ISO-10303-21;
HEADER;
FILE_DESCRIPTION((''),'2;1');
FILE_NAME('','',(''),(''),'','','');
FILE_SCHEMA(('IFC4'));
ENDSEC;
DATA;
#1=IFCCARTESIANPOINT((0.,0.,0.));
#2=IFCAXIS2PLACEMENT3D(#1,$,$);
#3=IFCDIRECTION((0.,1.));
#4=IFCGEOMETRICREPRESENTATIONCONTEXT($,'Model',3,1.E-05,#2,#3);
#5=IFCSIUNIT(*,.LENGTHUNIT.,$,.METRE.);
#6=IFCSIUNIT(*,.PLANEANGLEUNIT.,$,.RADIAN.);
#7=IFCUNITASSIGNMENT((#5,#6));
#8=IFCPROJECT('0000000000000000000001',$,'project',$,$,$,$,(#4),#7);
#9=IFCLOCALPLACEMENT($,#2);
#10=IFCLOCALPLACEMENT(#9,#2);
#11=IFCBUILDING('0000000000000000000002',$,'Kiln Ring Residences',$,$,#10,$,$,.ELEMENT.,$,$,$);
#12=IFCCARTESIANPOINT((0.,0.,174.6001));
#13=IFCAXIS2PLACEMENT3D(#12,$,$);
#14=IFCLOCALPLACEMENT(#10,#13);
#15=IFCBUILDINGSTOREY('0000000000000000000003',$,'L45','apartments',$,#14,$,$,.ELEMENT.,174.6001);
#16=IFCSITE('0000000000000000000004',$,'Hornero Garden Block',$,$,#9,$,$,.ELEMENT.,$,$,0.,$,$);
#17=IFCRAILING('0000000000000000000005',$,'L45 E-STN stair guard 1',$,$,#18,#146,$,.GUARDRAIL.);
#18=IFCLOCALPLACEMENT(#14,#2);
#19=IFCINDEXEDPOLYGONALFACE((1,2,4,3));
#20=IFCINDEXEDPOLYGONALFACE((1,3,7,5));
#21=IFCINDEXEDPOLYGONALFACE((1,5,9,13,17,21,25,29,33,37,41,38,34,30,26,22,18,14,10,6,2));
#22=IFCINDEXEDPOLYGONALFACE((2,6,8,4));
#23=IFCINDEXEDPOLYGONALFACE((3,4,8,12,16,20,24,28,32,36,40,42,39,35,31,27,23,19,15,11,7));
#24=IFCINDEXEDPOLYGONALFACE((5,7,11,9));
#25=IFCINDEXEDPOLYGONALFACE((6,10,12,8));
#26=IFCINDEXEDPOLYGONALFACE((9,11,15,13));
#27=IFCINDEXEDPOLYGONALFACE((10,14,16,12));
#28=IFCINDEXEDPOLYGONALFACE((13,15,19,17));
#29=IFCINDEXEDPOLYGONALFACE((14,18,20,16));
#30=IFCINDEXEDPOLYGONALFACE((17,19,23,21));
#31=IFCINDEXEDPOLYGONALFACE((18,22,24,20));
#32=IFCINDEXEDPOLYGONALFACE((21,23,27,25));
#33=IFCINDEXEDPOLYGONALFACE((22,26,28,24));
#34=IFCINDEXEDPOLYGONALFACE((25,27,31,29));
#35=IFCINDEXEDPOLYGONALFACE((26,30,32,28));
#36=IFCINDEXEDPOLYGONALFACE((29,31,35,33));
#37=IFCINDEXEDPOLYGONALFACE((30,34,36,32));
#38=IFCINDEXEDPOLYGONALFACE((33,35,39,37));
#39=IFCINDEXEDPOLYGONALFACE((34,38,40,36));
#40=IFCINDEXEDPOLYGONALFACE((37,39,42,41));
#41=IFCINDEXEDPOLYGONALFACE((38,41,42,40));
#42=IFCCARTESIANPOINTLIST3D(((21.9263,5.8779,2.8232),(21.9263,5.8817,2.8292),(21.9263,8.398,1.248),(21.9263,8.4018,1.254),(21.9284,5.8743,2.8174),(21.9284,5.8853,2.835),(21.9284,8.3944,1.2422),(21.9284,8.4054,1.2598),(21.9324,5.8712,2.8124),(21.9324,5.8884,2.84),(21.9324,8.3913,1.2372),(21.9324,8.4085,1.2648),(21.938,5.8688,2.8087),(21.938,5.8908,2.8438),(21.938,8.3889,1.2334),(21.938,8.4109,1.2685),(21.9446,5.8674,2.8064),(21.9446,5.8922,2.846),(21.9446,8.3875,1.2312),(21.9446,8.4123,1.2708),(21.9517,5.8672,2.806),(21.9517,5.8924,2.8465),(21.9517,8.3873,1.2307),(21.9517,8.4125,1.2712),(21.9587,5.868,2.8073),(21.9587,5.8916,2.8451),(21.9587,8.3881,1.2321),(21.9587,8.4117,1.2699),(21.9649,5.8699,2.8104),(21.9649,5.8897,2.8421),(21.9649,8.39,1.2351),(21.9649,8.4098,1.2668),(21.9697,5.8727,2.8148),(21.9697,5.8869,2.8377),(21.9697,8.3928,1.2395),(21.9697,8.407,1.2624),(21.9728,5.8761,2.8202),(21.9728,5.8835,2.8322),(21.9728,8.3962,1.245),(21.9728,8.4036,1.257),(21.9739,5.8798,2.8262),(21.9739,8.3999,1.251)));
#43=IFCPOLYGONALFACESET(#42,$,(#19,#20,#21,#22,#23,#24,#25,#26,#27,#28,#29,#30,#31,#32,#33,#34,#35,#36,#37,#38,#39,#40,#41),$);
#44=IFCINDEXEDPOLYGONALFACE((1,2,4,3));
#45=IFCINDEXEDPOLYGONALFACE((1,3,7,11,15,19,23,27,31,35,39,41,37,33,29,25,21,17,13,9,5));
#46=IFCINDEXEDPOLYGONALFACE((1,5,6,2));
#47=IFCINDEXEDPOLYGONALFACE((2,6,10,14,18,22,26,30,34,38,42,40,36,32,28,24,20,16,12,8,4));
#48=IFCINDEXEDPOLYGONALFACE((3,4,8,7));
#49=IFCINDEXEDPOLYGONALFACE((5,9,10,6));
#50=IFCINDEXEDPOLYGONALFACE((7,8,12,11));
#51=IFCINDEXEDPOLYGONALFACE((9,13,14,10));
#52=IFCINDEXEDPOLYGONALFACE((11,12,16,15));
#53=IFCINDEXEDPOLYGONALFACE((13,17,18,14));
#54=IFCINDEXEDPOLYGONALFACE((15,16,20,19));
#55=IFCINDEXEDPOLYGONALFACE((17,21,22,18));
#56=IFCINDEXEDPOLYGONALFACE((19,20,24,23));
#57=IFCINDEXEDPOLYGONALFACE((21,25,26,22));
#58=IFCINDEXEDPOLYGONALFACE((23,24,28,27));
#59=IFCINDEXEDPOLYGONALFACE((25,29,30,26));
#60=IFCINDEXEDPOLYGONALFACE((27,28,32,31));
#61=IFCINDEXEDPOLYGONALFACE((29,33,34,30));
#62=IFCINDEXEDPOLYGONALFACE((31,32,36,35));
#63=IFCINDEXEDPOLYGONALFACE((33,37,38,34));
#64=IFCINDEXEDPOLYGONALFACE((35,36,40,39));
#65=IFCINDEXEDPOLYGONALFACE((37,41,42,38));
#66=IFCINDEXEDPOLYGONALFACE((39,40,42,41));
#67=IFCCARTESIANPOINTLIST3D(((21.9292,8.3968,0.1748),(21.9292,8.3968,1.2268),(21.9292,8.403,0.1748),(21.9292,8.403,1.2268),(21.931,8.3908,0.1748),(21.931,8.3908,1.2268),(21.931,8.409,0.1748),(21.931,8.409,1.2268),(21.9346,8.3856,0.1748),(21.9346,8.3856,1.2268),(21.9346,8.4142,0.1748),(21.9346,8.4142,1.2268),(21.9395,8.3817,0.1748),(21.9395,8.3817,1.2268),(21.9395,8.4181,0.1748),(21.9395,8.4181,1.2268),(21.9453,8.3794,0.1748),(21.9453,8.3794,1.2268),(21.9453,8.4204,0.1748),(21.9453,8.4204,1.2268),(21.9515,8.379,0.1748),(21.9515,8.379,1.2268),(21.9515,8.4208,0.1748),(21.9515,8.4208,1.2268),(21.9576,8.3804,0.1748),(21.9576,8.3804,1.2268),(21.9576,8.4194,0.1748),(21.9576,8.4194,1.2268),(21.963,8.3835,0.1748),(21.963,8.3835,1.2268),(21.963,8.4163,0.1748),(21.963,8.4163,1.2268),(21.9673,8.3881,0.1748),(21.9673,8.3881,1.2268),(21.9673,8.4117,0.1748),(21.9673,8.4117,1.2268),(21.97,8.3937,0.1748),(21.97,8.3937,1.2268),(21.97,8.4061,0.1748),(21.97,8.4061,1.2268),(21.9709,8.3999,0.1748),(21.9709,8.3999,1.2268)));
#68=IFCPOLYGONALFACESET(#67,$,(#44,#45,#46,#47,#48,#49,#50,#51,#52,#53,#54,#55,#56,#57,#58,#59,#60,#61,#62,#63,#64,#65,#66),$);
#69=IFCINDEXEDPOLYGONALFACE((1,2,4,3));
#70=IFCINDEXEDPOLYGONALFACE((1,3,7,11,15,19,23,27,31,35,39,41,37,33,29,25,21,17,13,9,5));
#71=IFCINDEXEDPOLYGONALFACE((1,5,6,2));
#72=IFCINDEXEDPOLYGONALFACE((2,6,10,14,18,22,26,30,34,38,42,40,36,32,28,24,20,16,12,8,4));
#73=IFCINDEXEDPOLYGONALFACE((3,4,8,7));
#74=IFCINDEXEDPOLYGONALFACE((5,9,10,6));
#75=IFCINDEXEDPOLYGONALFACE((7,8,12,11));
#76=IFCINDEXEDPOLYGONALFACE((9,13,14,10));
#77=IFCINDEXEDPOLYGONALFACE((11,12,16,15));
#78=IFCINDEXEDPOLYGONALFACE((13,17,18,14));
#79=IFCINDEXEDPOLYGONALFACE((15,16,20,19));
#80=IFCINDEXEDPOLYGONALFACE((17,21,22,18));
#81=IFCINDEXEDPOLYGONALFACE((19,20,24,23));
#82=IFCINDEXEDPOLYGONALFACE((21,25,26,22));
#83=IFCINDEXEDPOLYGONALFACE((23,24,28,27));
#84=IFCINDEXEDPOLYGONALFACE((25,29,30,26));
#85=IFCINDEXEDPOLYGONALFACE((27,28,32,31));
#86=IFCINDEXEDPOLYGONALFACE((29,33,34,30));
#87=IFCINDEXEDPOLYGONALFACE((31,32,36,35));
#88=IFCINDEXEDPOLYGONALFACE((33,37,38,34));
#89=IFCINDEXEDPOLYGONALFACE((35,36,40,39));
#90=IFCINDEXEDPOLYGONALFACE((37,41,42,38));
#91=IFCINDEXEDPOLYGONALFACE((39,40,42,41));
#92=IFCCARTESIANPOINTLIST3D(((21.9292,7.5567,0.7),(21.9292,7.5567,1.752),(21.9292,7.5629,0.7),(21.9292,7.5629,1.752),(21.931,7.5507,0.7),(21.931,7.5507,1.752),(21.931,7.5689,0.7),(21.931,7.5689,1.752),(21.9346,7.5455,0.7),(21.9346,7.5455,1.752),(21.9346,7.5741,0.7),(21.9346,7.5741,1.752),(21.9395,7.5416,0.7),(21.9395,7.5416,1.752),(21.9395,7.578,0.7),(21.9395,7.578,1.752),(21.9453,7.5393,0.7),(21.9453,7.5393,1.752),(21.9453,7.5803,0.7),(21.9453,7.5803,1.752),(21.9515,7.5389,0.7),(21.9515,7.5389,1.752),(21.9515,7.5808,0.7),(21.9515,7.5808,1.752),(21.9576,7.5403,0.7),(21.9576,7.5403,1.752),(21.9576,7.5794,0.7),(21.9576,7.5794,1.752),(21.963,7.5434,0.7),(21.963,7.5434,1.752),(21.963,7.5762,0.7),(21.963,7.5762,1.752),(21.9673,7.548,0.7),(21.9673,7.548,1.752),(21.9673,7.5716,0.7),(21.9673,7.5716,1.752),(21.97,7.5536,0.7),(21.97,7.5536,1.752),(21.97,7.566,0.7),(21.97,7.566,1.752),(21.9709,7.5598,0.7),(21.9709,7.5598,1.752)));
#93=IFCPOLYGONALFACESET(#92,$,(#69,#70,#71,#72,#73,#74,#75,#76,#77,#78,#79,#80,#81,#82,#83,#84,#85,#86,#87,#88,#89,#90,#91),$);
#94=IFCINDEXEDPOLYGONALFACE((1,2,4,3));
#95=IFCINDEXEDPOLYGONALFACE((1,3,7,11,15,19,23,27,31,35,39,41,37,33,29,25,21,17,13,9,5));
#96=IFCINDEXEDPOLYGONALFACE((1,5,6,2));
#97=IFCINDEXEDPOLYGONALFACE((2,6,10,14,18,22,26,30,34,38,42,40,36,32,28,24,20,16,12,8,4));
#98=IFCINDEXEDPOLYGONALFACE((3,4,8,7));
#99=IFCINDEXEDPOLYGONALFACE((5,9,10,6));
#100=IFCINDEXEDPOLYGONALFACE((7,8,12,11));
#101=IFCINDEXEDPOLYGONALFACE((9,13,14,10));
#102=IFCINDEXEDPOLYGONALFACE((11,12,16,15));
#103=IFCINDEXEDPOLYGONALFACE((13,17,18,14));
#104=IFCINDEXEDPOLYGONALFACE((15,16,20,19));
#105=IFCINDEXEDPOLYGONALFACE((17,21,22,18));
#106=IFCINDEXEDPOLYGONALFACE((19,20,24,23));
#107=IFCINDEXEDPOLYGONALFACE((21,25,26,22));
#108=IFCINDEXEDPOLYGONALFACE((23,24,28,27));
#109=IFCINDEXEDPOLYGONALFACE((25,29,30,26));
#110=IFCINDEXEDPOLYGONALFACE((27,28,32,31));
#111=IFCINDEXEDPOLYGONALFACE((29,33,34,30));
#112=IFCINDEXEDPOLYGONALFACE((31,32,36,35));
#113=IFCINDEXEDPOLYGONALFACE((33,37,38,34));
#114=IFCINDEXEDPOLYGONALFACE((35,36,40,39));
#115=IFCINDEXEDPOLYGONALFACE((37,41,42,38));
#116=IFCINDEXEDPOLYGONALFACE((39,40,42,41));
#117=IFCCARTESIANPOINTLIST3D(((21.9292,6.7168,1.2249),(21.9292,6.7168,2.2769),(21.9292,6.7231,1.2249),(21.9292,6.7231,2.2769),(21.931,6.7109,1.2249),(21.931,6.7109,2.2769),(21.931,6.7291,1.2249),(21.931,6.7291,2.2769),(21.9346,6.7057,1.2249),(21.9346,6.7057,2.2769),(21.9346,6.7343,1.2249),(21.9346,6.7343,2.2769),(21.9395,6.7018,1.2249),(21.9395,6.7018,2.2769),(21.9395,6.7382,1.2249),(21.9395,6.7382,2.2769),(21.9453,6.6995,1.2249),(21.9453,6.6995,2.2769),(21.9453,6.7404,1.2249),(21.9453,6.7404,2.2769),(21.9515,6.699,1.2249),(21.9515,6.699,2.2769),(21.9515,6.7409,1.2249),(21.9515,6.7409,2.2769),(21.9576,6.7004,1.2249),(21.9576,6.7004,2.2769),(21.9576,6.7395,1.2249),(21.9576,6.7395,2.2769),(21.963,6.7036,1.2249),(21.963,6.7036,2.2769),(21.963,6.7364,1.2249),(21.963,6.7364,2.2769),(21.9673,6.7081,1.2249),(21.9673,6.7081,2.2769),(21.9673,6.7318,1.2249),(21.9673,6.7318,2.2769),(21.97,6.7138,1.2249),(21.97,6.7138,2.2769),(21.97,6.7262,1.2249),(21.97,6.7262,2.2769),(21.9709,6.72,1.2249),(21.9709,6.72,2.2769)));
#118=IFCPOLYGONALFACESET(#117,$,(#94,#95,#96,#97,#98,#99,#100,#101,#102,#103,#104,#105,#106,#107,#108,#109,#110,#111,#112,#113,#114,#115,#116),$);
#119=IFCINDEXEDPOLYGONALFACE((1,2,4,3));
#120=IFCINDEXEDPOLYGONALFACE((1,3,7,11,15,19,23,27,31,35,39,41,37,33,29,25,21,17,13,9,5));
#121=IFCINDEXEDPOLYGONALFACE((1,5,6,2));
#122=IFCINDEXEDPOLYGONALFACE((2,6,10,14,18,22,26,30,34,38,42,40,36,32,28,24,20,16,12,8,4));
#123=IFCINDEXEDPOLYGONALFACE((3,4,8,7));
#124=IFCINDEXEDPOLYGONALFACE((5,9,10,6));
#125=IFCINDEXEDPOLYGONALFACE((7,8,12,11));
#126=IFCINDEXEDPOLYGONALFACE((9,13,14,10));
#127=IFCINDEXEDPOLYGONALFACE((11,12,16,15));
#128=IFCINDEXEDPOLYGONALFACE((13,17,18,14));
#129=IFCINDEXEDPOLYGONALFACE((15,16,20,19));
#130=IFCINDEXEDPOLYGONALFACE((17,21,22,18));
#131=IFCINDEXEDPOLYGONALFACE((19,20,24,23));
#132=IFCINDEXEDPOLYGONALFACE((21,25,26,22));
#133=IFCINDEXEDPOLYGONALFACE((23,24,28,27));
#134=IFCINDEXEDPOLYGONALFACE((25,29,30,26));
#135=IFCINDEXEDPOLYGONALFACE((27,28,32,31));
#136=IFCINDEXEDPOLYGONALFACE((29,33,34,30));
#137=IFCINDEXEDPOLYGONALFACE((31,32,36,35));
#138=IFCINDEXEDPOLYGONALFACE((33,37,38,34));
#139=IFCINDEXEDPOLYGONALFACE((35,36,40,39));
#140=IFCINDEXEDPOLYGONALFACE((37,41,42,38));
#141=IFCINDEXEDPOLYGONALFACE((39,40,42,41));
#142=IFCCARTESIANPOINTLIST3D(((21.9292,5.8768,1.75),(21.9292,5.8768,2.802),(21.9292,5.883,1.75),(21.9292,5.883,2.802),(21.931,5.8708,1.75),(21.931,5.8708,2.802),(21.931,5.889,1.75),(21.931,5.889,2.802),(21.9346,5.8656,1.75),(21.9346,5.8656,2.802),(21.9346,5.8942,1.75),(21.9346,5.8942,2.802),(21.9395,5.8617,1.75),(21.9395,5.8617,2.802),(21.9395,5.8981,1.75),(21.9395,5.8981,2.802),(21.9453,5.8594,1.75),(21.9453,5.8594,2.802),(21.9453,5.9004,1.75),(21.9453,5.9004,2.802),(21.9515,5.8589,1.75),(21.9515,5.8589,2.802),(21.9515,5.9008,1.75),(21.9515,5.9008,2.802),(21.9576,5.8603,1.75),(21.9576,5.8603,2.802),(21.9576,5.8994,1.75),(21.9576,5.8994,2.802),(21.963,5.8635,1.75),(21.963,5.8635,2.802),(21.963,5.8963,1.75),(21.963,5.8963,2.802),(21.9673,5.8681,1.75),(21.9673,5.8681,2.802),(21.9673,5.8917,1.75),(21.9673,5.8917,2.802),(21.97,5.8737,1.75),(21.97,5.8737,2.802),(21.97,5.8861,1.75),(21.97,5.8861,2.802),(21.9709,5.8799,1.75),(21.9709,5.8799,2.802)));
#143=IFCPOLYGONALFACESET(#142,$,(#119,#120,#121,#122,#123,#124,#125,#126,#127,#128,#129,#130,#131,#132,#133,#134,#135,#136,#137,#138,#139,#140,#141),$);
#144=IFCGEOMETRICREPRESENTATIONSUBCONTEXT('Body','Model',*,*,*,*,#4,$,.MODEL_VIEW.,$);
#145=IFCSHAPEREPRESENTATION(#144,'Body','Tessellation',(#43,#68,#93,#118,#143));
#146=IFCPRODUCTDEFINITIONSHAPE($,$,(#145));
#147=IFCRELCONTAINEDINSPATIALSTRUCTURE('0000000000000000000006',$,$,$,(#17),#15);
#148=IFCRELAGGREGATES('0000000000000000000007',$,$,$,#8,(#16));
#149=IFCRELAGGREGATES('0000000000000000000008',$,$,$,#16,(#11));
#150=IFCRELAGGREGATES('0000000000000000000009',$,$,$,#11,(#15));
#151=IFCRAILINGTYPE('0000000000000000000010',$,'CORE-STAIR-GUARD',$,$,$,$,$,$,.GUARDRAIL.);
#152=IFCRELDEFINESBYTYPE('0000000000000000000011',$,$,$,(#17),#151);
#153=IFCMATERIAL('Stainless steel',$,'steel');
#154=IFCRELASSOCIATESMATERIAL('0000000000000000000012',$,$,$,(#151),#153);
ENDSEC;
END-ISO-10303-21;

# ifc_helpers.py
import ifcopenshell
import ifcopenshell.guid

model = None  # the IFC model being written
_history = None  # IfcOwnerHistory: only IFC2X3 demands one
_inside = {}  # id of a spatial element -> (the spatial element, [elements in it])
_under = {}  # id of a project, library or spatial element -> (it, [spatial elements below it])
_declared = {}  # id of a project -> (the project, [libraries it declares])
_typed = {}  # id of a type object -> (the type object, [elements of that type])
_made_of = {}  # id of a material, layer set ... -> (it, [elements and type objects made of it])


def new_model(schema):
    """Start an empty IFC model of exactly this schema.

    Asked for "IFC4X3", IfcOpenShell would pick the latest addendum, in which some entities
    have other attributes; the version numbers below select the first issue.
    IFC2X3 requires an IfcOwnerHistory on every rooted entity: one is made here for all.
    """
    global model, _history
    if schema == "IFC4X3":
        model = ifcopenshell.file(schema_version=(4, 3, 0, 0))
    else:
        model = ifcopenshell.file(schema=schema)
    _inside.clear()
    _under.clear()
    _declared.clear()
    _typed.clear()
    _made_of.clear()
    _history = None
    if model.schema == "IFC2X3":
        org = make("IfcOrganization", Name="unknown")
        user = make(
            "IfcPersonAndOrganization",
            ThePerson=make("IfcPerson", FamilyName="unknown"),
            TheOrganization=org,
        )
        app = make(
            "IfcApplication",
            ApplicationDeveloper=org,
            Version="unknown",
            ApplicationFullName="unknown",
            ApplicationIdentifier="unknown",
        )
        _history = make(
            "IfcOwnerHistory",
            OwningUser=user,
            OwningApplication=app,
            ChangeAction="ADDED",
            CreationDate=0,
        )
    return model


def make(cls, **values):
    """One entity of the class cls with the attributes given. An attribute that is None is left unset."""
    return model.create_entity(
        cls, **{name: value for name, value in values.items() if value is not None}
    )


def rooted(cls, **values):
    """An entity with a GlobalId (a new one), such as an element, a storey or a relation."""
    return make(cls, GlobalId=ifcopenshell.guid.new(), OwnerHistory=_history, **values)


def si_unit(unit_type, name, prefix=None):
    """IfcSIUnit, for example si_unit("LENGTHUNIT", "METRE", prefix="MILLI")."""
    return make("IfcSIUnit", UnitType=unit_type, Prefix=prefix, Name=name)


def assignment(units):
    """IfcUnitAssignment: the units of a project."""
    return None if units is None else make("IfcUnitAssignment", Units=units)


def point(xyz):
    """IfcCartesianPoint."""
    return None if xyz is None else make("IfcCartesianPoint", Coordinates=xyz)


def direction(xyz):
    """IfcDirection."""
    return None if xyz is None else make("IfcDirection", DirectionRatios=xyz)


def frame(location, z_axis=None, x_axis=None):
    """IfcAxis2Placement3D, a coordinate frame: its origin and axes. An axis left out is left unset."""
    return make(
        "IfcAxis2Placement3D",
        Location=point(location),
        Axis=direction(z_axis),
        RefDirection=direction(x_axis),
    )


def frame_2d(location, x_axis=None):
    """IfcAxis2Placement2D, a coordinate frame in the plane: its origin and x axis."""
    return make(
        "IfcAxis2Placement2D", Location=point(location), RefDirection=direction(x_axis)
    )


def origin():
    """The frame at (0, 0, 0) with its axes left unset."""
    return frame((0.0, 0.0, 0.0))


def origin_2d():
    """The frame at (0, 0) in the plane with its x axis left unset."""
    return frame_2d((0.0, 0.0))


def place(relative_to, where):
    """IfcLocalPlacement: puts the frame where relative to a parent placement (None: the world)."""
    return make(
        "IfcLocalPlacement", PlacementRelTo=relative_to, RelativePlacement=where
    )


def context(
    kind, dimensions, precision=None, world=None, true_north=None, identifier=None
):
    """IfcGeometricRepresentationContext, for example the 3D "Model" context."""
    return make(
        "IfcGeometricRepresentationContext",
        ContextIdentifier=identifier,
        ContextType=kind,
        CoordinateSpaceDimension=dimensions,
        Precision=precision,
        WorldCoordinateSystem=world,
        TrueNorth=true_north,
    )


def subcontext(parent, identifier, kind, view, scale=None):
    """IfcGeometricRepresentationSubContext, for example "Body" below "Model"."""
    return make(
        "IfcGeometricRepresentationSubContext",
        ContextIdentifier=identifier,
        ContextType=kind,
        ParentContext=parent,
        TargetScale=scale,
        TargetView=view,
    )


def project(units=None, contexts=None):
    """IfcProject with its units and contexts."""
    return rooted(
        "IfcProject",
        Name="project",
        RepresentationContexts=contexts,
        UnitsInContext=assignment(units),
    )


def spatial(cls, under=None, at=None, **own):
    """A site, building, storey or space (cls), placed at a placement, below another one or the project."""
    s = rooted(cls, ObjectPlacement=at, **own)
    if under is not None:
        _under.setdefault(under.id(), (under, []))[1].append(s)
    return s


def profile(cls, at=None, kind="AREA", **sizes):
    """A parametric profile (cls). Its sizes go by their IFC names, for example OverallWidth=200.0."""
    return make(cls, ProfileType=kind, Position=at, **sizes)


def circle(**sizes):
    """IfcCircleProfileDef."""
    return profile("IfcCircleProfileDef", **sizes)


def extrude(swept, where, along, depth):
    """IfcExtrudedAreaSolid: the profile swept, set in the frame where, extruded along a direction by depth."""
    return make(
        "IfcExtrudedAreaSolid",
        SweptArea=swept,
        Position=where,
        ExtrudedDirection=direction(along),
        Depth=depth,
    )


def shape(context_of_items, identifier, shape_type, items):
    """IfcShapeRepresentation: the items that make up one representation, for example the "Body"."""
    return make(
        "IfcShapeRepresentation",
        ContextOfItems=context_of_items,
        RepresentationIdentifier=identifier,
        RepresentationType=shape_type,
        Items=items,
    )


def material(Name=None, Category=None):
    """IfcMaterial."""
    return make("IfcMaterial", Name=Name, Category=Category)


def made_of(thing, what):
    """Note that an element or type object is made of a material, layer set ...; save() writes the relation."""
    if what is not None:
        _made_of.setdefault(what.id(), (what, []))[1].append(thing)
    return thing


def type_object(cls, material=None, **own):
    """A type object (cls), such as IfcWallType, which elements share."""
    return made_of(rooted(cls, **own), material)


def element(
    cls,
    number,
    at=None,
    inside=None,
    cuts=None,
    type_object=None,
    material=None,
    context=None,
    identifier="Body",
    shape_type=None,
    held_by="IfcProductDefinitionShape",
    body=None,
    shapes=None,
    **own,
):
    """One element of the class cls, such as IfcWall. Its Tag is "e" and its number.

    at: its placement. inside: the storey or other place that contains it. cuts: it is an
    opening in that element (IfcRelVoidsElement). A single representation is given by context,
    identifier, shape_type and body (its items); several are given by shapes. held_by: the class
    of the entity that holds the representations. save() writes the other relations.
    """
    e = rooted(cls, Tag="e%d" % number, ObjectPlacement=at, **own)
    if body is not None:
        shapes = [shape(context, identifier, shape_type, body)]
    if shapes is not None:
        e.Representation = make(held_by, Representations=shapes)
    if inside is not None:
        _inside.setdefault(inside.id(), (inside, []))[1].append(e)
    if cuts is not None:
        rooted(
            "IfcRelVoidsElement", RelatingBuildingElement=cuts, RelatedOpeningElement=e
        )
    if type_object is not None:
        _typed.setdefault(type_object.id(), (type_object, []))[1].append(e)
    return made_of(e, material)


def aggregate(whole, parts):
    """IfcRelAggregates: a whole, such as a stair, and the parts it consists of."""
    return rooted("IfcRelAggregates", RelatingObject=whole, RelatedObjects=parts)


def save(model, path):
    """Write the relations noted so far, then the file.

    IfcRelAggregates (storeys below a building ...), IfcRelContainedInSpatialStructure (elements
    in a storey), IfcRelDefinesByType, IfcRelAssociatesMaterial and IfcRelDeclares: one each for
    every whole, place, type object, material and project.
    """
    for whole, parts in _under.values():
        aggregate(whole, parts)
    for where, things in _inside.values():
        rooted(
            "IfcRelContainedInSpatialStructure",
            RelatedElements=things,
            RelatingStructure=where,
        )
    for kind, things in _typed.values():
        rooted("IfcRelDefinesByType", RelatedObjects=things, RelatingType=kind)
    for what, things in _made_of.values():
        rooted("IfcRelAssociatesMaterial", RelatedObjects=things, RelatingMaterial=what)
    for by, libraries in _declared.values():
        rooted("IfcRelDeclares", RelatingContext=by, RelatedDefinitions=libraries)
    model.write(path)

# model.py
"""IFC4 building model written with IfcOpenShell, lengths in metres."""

from ifc_helpers import new_model, si_unit, direction, frame, origin, origin_2d, place, context, subcontext, project, spatial, circle, extrude, material, type_object, element, save


model = new_model("IFC4")

# Units and contexts
model_context = context("Model", 3, precision=1e-05, world=origin(), true_north=direction((0.0, 1.0)))
body_context = subcontext(model_context, "Body", "Model", "MODEL_VIEW")
ifc_project = project(units=[si_unit("LENGTHUNIT", "METRE"), si_unit("PLANEANGLEUNIT", "RADIAN")], contexts=[model_context])

# Site, building, storey
site_placement = place(None, origin())
site = spatial("IfcSite", under=ifc_project, at=site_placement, Name="Hornero Garden Block", CompositionType="ELEMENT", RefElevation=0.0)
building_placement = place(site_placement, origin())
building = spatial("IfcBuilding", under=site, at=building_placement, Name="Kiln Ring Residences", CompositionType="ELEMENT")
storey_placement = place(building_placement, frame((0.0, 0.0, 174.6001)))
storey = spatial("IfcBuildingStorey", under=building, at=storey_placement, Name="L45", Description="apartments", CompositionType="ELEMENT", Elevation=174.6001)

# Railing
ifc_material_1 = material(Name="Stainless steel", Category="steel")
railing_type_1 = type_object("IfcRailingType", Name="CORE-STAIR-GUARD", PredefinedType="GUARDRAIL", material=ifc_material_1)
railing_1_placement = place(storey_placement, frame((21.95, 8.3999, 0.1748)))
element("IfcRailing", 1, at=railing_1_placement, inside=storey, type_object=railing_type_1, Name="L45 E-STN stair guard 1", PredefinedType="GUARDRAIL", context=body_context, shape_type="SweptSolid", body=[
    extrude(circle(Radius=0.0239, at=origin_2d()), frame((0.0, 0.0, 1.0762), z_axis=(0.0, -0.847971, 0.530043), x_axis=(1.0, 0.0, 0.0)), (0.0, 0.0, 1.0), 2.9719),
    extrude(circle(Radius=0.021, at=origin_2d()), origin(), (0.0, 0.0, 1.0), 1.052),
    extrude(circle(Radius=0.021, at=origin_2d()), frame((0.0, -0.8401, 0.5251)), (0.0, 0.0, 1.0), 1.052),
    extrude(circle(Radius=0.021, at=origin_2d()), frame((0.0, -1.6799, 1.05)), (0.0, 0.0, 1.0), 1.052),
    extrude(circle(Radius=0.021, at=origin_2d()), frame((0.0, -2.52, 1.5752)), (0.0, 0.0, 1.0), 1.052),
])

save(model, "model.ifc")
